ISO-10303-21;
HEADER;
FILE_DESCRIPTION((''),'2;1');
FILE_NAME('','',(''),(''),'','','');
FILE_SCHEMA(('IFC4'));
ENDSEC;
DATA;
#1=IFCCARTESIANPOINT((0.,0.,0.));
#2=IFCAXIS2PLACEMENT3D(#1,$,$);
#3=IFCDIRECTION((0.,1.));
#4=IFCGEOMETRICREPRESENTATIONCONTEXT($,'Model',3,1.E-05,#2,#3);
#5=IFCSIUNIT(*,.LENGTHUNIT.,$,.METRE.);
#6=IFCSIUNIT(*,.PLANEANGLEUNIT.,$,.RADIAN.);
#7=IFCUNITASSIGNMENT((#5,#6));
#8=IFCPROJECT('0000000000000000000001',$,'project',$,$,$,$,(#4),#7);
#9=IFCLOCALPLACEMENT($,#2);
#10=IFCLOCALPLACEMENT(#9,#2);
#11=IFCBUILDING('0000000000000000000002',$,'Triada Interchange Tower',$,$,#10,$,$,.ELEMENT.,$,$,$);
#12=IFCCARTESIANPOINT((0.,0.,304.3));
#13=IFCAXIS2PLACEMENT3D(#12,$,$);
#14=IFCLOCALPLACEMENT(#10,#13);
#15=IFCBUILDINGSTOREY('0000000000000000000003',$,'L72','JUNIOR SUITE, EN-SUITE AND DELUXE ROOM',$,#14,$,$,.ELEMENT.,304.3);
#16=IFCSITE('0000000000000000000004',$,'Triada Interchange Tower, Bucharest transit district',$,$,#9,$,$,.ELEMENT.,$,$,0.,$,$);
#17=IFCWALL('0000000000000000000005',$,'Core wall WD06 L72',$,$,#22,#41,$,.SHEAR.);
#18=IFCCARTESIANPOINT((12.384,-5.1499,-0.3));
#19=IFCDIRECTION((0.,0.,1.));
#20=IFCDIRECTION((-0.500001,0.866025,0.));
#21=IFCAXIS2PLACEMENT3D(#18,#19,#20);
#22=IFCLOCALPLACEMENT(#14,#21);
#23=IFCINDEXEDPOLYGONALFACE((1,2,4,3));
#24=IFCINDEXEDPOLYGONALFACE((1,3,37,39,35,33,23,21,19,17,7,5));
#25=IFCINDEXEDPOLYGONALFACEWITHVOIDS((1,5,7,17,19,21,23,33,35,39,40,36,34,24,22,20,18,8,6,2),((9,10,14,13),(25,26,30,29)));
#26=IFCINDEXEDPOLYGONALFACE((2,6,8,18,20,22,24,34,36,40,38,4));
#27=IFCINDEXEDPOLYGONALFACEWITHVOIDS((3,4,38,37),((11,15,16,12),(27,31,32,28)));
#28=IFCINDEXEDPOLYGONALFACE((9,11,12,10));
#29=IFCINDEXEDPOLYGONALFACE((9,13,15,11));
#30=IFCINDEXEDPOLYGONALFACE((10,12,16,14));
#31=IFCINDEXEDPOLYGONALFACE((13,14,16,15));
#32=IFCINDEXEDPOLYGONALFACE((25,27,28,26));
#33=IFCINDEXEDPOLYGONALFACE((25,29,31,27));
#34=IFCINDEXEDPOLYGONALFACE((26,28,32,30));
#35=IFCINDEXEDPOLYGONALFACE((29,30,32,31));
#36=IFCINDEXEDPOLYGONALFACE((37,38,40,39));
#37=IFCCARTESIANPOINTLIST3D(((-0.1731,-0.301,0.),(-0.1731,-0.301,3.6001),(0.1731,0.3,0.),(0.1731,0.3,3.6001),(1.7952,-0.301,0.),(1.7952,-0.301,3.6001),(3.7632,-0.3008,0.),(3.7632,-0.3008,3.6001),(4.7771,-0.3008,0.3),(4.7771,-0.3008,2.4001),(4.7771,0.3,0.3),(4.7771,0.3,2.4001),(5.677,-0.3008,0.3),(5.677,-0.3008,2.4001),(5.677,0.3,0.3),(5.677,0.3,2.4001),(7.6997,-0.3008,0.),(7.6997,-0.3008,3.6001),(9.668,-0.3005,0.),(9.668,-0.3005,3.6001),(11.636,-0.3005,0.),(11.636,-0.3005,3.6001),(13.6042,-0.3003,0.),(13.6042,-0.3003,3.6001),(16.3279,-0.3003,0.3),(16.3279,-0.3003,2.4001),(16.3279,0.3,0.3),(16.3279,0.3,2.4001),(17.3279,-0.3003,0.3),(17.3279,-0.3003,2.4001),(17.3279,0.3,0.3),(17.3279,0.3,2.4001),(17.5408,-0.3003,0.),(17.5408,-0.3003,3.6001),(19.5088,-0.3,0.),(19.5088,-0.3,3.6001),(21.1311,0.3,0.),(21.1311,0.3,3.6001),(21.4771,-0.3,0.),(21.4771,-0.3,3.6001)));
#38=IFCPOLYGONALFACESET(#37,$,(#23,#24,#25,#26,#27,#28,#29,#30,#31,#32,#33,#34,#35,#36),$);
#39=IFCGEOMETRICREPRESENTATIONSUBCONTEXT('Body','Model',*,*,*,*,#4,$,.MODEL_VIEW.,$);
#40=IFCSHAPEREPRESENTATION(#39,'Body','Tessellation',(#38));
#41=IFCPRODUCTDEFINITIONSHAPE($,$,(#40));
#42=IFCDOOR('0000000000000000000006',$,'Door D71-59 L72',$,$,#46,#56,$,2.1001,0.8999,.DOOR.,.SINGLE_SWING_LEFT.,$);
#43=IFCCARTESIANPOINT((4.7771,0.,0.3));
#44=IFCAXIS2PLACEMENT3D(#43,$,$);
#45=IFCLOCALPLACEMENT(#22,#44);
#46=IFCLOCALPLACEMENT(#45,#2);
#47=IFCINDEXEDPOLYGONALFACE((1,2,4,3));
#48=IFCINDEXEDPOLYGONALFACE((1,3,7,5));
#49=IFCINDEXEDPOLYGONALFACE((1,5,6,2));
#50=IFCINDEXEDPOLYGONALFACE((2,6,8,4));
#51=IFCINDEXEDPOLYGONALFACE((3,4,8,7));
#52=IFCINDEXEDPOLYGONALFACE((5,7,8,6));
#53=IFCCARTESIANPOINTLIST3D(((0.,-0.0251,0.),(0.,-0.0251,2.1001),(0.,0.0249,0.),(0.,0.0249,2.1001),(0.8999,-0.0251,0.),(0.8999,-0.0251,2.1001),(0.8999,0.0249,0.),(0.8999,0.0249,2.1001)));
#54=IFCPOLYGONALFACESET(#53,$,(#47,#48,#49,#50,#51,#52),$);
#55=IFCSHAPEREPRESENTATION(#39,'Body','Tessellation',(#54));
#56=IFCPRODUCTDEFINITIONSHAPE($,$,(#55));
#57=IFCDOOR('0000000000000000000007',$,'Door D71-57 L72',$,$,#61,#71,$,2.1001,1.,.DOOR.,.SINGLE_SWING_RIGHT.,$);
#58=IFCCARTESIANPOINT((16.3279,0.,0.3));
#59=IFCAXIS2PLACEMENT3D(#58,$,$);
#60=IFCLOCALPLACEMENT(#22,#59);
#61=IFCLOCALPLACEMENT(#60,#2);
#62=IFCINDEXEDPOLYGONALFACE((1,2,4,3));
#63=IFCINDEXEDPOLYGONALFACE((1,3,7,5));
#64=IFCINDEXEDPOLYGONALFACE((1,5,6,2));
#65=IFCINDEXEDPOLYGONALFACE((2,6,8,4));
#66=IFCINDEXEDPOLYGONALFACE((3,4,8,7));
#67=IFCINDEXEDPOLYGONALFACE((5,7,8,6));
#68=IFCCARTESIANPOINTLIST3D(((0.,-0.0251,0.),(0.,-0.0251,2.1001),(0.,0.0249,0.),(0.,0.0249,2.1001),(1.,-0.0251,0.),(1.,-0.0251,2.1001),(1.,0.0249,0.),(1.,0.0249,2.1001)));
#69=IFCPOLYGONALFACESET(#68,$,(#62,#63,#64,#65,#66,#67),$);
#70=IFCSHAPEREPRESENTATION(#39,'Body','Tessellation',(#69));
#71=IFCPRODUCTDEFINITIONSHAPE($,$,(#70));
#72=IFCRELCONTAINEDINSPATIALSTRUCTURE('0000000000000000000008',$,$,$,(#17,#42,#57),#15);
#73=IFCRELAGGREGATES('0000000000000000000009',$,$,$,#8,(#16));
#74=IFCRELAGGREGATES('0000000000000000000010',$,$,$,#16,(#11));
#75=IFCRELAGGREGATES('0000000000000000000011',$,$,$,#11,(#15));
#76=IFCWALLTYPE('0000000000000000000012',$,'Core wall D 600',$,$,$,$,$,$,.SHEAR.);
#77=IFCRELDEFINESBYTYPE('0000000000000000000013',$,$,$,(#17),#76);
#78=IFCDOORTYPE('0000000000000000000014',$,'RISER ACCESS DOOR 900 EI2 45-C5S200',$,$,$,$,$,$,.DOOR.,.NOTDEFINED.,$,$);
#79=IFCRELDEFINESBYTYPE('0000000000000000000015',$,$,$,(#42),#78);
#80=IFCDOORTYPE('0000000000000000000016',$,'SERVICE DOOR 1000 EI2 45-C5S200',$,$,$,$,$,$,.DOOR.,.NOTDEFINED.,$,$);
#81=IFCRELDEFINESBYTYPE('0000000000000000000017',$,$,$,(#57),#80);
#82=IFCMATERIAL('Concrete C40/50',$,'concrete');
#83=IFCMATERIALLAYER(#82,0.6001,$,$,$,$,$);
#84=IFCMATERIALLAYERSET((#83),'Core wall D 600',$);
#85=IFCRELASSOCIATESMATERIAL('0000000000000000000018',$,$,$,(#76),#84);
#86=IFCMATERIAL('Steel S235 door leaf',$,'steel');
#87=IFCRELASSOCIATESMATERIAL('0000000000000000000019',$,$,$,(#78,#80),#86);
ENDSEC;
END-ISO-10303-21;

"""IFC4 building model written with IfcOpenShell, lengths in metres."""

from ifc_helpers import new_model, si_unit, direction, frame, frame_2d, origin, place, context, subcontext, project, spatial, polyline, rectangle, outline, extrude, material, layer, layer_set, type_object, element, fill, save


model = new_model("IFC4")

# Units and contexts
model_context = context("Model", 3, precision=1e-05, world=origin(), true_north=direction((0.0, 1.0)))
body_context = subcontext(model_context, "Body", "Model", "MODEL_VIEW")
ifc_project = project(units=[si_unit("LENGTHUNIT", "METRE"), si_unit("PLANEANGLEUNIT", "RADIAN")], contexts=[model_context])

# Site, building, storey
site_placement = place(None, origin())
site = spatial("IfcSite", under=ifc_project, at=site_placement, Name="Triada Interchange Tower, Bucharest transit district", CompositionType="ELEMENT", RefElevation=0.0)
building_placement = place(site_placement, origin())
building = spatial("IfcBuilding", under=site, at=building_placement, Name="Triada Interchange Tower", CompositionType="ELEMENT")
storey_placement = place(building_placement, frame((0.0, 0.0, 304.3)))
storey = spatial("IfcBuildingStorey", under=building, at=storey_placement, Name="L72", Description="JUNIOR SUITE, EN-SUITE AND DELUXE ROOM", CompositionType="ELEMENT", Elevation=304.3)

# Shared definitions
ifc_material_1 = material(Name="Steel S235 door leaf", Category="steel")

# Shared definitions
ifc_material_2 = material(Name="Concrete C40/50", Category="concrete")
ifc_layer_1 = layer(ifc_material_2, 0.6001)
ifc_layer_set_1 = layer_set([ifc_layer_1], Name="Core wall D 600")
wall_type_1 = type_object("IfcWallType", Name="Core wall D 600", PredefinedType="SHEAR", material=ifc_layer_set_1)

# Wall, openings, doors
wall_1_placement = place(storey_placement, frame((12.384, -5.1499, -0.3), z_axis=(0.0, 0.0, 1.0), x_axis=(-0.500001, 0.866025, 0.0)))
wall_1 = element("IfcWall", 1, at=wall_1_placement, inside=storey, type_object=wall_type_1, Name="Core wall WD06 L72", PredefinedType="SHEAR", context=body_context, shape_type="SweptSolid", body=[
    extrude(outline(polyline([(-0.1731, -0.301), (1.7952, -0.301), (3.7632, -0.3008), (5.7314, -0.3008), (7.6997, -0.3008), (9.668, -0.3005), (11.636, -0.3005), (13.6042, -0.3003), (15.5725, -0.3003), (17.5408, -0.3003), (19.5088, -0.3), (21.4771, -0.3), (21.1311, 0.3), (19.2258, 0.3), (17.3206, 0.3), (15.4153, 0.3), (13.51, 0.3), (11.6047, 0.3), (9.6995, 0.3), (7.7942, 0.3), (5.8889, 0.3), (3.9836, 0.3), (2.0784, 0.3), (0.1731, 0.3), (-0.1731, -0.301)])), origin(), (0.0, 0.0, 1.0), 3.6001),
])
opening_1_placement = place(wall_1_placement, frame((16.3279, 0.0, 0.3)))
opening_1 = element("IfcOpeningElement", 2, at=opening_1_placement, cuts=wall_1, PredefinedType="OPENING", context=body_context, shape_type="SweptSolid", body=[
    extrude(rectangle(XDim=1.0, YDim=2.1001, at=frame_2d((0.5, 1.05))), frame((0.0, 0.3101, 0.0), z_axis=(0.0, -1.0, 0.0), x_axis=(1.0, 0.0, 0.0)), (0.0, 0.0, 1.0), 0.6211),
])
opening_2_placement = place(wall_1_placement, frame((4.7771, 0.0, 0.3)))
opening_2 = element("IfcOpeningElement", 3, at=opening_2_placement, cuts=wall_1, PredefinedType="OPENING", context=body_context, shape_type="SweptSolid", body=[
    extrude(rectangle(XDim=0.8999, YDim=2.1001, at=frame_2d((0.45, 1.05))), frame((0.0, 0.3101, 0.0), z_axis=(0.0, -1.0, 0.0), x_axis=(1.0, 0.0, 0.0)), (0.0, 0.0, 1.0), 0.6211),
])
door_type_1 = type_object("IfcDoorType", Name="RISER ACCESS DOOR 900 EI2 45-C5S200", OperationType="NOTDEFINED", PredefinedType="DOOR", material=ifc_material_1)
door_1_placement = place(opening_2_placement, origin())
door_1 = element("IfcDoor", 4, at=door_1_placement, inside=storey, type_object=door_type_1, Name="Door D71-59 L72", OperationType="SINGLE_SWING_LEFT", OverallHeight=2.1001, OverallWidth=0.8999, PredefinedType="DOOR", context=body_context, shape_type="SweptSolid", body=[
    extrude(rectangle(XDim=0.8999, YDim=2.1001, at=frame_2d((0.45, 1.05))), frame((0.0, 0.0249, 0.0), z_axis=(0.0, -1.0, 0.0), x_axis=(1.0, 0.0, 0.0)), (0.0, 0.0, 1.0), 0.05),
])
fill(opening_2, door_1)
door_type_2 = type_object("IfcDoorType", Name="SERVICE DOOR 1000 EI2 45-C5S200", OperationType="NOTDEFINED", PredefinedType="DOOR", material=ifc_material_1)
door_2_placement = place(opening_1_placement, origin())
door_2 = element("IfcDoor", 5, at=door_2_placement, inside=storey, type_object=door_type_2, Name="Door D71-57 L72", OperationType="SINGLE_SWING_RIGHT", OverallHeight=2.1001, OverallWidth=1.0, PredefinedType="DOOR", context=body_context, shape_type="SweptSolid", body=[
    extrude(rectangle(XDim=1.0, YDim=2.1001, at=frame_2d((0.5, 1.05))), frame((0.0, 0.0249, 0.0), z_axis=(0.0, -1.0, 0.0), x_axis=(1.0, 0.0, 0.0)), (0.0, 0.0, 1.0), 0.05),
])
fill(opening_1, door_2)

save(model, "model.ifc")
